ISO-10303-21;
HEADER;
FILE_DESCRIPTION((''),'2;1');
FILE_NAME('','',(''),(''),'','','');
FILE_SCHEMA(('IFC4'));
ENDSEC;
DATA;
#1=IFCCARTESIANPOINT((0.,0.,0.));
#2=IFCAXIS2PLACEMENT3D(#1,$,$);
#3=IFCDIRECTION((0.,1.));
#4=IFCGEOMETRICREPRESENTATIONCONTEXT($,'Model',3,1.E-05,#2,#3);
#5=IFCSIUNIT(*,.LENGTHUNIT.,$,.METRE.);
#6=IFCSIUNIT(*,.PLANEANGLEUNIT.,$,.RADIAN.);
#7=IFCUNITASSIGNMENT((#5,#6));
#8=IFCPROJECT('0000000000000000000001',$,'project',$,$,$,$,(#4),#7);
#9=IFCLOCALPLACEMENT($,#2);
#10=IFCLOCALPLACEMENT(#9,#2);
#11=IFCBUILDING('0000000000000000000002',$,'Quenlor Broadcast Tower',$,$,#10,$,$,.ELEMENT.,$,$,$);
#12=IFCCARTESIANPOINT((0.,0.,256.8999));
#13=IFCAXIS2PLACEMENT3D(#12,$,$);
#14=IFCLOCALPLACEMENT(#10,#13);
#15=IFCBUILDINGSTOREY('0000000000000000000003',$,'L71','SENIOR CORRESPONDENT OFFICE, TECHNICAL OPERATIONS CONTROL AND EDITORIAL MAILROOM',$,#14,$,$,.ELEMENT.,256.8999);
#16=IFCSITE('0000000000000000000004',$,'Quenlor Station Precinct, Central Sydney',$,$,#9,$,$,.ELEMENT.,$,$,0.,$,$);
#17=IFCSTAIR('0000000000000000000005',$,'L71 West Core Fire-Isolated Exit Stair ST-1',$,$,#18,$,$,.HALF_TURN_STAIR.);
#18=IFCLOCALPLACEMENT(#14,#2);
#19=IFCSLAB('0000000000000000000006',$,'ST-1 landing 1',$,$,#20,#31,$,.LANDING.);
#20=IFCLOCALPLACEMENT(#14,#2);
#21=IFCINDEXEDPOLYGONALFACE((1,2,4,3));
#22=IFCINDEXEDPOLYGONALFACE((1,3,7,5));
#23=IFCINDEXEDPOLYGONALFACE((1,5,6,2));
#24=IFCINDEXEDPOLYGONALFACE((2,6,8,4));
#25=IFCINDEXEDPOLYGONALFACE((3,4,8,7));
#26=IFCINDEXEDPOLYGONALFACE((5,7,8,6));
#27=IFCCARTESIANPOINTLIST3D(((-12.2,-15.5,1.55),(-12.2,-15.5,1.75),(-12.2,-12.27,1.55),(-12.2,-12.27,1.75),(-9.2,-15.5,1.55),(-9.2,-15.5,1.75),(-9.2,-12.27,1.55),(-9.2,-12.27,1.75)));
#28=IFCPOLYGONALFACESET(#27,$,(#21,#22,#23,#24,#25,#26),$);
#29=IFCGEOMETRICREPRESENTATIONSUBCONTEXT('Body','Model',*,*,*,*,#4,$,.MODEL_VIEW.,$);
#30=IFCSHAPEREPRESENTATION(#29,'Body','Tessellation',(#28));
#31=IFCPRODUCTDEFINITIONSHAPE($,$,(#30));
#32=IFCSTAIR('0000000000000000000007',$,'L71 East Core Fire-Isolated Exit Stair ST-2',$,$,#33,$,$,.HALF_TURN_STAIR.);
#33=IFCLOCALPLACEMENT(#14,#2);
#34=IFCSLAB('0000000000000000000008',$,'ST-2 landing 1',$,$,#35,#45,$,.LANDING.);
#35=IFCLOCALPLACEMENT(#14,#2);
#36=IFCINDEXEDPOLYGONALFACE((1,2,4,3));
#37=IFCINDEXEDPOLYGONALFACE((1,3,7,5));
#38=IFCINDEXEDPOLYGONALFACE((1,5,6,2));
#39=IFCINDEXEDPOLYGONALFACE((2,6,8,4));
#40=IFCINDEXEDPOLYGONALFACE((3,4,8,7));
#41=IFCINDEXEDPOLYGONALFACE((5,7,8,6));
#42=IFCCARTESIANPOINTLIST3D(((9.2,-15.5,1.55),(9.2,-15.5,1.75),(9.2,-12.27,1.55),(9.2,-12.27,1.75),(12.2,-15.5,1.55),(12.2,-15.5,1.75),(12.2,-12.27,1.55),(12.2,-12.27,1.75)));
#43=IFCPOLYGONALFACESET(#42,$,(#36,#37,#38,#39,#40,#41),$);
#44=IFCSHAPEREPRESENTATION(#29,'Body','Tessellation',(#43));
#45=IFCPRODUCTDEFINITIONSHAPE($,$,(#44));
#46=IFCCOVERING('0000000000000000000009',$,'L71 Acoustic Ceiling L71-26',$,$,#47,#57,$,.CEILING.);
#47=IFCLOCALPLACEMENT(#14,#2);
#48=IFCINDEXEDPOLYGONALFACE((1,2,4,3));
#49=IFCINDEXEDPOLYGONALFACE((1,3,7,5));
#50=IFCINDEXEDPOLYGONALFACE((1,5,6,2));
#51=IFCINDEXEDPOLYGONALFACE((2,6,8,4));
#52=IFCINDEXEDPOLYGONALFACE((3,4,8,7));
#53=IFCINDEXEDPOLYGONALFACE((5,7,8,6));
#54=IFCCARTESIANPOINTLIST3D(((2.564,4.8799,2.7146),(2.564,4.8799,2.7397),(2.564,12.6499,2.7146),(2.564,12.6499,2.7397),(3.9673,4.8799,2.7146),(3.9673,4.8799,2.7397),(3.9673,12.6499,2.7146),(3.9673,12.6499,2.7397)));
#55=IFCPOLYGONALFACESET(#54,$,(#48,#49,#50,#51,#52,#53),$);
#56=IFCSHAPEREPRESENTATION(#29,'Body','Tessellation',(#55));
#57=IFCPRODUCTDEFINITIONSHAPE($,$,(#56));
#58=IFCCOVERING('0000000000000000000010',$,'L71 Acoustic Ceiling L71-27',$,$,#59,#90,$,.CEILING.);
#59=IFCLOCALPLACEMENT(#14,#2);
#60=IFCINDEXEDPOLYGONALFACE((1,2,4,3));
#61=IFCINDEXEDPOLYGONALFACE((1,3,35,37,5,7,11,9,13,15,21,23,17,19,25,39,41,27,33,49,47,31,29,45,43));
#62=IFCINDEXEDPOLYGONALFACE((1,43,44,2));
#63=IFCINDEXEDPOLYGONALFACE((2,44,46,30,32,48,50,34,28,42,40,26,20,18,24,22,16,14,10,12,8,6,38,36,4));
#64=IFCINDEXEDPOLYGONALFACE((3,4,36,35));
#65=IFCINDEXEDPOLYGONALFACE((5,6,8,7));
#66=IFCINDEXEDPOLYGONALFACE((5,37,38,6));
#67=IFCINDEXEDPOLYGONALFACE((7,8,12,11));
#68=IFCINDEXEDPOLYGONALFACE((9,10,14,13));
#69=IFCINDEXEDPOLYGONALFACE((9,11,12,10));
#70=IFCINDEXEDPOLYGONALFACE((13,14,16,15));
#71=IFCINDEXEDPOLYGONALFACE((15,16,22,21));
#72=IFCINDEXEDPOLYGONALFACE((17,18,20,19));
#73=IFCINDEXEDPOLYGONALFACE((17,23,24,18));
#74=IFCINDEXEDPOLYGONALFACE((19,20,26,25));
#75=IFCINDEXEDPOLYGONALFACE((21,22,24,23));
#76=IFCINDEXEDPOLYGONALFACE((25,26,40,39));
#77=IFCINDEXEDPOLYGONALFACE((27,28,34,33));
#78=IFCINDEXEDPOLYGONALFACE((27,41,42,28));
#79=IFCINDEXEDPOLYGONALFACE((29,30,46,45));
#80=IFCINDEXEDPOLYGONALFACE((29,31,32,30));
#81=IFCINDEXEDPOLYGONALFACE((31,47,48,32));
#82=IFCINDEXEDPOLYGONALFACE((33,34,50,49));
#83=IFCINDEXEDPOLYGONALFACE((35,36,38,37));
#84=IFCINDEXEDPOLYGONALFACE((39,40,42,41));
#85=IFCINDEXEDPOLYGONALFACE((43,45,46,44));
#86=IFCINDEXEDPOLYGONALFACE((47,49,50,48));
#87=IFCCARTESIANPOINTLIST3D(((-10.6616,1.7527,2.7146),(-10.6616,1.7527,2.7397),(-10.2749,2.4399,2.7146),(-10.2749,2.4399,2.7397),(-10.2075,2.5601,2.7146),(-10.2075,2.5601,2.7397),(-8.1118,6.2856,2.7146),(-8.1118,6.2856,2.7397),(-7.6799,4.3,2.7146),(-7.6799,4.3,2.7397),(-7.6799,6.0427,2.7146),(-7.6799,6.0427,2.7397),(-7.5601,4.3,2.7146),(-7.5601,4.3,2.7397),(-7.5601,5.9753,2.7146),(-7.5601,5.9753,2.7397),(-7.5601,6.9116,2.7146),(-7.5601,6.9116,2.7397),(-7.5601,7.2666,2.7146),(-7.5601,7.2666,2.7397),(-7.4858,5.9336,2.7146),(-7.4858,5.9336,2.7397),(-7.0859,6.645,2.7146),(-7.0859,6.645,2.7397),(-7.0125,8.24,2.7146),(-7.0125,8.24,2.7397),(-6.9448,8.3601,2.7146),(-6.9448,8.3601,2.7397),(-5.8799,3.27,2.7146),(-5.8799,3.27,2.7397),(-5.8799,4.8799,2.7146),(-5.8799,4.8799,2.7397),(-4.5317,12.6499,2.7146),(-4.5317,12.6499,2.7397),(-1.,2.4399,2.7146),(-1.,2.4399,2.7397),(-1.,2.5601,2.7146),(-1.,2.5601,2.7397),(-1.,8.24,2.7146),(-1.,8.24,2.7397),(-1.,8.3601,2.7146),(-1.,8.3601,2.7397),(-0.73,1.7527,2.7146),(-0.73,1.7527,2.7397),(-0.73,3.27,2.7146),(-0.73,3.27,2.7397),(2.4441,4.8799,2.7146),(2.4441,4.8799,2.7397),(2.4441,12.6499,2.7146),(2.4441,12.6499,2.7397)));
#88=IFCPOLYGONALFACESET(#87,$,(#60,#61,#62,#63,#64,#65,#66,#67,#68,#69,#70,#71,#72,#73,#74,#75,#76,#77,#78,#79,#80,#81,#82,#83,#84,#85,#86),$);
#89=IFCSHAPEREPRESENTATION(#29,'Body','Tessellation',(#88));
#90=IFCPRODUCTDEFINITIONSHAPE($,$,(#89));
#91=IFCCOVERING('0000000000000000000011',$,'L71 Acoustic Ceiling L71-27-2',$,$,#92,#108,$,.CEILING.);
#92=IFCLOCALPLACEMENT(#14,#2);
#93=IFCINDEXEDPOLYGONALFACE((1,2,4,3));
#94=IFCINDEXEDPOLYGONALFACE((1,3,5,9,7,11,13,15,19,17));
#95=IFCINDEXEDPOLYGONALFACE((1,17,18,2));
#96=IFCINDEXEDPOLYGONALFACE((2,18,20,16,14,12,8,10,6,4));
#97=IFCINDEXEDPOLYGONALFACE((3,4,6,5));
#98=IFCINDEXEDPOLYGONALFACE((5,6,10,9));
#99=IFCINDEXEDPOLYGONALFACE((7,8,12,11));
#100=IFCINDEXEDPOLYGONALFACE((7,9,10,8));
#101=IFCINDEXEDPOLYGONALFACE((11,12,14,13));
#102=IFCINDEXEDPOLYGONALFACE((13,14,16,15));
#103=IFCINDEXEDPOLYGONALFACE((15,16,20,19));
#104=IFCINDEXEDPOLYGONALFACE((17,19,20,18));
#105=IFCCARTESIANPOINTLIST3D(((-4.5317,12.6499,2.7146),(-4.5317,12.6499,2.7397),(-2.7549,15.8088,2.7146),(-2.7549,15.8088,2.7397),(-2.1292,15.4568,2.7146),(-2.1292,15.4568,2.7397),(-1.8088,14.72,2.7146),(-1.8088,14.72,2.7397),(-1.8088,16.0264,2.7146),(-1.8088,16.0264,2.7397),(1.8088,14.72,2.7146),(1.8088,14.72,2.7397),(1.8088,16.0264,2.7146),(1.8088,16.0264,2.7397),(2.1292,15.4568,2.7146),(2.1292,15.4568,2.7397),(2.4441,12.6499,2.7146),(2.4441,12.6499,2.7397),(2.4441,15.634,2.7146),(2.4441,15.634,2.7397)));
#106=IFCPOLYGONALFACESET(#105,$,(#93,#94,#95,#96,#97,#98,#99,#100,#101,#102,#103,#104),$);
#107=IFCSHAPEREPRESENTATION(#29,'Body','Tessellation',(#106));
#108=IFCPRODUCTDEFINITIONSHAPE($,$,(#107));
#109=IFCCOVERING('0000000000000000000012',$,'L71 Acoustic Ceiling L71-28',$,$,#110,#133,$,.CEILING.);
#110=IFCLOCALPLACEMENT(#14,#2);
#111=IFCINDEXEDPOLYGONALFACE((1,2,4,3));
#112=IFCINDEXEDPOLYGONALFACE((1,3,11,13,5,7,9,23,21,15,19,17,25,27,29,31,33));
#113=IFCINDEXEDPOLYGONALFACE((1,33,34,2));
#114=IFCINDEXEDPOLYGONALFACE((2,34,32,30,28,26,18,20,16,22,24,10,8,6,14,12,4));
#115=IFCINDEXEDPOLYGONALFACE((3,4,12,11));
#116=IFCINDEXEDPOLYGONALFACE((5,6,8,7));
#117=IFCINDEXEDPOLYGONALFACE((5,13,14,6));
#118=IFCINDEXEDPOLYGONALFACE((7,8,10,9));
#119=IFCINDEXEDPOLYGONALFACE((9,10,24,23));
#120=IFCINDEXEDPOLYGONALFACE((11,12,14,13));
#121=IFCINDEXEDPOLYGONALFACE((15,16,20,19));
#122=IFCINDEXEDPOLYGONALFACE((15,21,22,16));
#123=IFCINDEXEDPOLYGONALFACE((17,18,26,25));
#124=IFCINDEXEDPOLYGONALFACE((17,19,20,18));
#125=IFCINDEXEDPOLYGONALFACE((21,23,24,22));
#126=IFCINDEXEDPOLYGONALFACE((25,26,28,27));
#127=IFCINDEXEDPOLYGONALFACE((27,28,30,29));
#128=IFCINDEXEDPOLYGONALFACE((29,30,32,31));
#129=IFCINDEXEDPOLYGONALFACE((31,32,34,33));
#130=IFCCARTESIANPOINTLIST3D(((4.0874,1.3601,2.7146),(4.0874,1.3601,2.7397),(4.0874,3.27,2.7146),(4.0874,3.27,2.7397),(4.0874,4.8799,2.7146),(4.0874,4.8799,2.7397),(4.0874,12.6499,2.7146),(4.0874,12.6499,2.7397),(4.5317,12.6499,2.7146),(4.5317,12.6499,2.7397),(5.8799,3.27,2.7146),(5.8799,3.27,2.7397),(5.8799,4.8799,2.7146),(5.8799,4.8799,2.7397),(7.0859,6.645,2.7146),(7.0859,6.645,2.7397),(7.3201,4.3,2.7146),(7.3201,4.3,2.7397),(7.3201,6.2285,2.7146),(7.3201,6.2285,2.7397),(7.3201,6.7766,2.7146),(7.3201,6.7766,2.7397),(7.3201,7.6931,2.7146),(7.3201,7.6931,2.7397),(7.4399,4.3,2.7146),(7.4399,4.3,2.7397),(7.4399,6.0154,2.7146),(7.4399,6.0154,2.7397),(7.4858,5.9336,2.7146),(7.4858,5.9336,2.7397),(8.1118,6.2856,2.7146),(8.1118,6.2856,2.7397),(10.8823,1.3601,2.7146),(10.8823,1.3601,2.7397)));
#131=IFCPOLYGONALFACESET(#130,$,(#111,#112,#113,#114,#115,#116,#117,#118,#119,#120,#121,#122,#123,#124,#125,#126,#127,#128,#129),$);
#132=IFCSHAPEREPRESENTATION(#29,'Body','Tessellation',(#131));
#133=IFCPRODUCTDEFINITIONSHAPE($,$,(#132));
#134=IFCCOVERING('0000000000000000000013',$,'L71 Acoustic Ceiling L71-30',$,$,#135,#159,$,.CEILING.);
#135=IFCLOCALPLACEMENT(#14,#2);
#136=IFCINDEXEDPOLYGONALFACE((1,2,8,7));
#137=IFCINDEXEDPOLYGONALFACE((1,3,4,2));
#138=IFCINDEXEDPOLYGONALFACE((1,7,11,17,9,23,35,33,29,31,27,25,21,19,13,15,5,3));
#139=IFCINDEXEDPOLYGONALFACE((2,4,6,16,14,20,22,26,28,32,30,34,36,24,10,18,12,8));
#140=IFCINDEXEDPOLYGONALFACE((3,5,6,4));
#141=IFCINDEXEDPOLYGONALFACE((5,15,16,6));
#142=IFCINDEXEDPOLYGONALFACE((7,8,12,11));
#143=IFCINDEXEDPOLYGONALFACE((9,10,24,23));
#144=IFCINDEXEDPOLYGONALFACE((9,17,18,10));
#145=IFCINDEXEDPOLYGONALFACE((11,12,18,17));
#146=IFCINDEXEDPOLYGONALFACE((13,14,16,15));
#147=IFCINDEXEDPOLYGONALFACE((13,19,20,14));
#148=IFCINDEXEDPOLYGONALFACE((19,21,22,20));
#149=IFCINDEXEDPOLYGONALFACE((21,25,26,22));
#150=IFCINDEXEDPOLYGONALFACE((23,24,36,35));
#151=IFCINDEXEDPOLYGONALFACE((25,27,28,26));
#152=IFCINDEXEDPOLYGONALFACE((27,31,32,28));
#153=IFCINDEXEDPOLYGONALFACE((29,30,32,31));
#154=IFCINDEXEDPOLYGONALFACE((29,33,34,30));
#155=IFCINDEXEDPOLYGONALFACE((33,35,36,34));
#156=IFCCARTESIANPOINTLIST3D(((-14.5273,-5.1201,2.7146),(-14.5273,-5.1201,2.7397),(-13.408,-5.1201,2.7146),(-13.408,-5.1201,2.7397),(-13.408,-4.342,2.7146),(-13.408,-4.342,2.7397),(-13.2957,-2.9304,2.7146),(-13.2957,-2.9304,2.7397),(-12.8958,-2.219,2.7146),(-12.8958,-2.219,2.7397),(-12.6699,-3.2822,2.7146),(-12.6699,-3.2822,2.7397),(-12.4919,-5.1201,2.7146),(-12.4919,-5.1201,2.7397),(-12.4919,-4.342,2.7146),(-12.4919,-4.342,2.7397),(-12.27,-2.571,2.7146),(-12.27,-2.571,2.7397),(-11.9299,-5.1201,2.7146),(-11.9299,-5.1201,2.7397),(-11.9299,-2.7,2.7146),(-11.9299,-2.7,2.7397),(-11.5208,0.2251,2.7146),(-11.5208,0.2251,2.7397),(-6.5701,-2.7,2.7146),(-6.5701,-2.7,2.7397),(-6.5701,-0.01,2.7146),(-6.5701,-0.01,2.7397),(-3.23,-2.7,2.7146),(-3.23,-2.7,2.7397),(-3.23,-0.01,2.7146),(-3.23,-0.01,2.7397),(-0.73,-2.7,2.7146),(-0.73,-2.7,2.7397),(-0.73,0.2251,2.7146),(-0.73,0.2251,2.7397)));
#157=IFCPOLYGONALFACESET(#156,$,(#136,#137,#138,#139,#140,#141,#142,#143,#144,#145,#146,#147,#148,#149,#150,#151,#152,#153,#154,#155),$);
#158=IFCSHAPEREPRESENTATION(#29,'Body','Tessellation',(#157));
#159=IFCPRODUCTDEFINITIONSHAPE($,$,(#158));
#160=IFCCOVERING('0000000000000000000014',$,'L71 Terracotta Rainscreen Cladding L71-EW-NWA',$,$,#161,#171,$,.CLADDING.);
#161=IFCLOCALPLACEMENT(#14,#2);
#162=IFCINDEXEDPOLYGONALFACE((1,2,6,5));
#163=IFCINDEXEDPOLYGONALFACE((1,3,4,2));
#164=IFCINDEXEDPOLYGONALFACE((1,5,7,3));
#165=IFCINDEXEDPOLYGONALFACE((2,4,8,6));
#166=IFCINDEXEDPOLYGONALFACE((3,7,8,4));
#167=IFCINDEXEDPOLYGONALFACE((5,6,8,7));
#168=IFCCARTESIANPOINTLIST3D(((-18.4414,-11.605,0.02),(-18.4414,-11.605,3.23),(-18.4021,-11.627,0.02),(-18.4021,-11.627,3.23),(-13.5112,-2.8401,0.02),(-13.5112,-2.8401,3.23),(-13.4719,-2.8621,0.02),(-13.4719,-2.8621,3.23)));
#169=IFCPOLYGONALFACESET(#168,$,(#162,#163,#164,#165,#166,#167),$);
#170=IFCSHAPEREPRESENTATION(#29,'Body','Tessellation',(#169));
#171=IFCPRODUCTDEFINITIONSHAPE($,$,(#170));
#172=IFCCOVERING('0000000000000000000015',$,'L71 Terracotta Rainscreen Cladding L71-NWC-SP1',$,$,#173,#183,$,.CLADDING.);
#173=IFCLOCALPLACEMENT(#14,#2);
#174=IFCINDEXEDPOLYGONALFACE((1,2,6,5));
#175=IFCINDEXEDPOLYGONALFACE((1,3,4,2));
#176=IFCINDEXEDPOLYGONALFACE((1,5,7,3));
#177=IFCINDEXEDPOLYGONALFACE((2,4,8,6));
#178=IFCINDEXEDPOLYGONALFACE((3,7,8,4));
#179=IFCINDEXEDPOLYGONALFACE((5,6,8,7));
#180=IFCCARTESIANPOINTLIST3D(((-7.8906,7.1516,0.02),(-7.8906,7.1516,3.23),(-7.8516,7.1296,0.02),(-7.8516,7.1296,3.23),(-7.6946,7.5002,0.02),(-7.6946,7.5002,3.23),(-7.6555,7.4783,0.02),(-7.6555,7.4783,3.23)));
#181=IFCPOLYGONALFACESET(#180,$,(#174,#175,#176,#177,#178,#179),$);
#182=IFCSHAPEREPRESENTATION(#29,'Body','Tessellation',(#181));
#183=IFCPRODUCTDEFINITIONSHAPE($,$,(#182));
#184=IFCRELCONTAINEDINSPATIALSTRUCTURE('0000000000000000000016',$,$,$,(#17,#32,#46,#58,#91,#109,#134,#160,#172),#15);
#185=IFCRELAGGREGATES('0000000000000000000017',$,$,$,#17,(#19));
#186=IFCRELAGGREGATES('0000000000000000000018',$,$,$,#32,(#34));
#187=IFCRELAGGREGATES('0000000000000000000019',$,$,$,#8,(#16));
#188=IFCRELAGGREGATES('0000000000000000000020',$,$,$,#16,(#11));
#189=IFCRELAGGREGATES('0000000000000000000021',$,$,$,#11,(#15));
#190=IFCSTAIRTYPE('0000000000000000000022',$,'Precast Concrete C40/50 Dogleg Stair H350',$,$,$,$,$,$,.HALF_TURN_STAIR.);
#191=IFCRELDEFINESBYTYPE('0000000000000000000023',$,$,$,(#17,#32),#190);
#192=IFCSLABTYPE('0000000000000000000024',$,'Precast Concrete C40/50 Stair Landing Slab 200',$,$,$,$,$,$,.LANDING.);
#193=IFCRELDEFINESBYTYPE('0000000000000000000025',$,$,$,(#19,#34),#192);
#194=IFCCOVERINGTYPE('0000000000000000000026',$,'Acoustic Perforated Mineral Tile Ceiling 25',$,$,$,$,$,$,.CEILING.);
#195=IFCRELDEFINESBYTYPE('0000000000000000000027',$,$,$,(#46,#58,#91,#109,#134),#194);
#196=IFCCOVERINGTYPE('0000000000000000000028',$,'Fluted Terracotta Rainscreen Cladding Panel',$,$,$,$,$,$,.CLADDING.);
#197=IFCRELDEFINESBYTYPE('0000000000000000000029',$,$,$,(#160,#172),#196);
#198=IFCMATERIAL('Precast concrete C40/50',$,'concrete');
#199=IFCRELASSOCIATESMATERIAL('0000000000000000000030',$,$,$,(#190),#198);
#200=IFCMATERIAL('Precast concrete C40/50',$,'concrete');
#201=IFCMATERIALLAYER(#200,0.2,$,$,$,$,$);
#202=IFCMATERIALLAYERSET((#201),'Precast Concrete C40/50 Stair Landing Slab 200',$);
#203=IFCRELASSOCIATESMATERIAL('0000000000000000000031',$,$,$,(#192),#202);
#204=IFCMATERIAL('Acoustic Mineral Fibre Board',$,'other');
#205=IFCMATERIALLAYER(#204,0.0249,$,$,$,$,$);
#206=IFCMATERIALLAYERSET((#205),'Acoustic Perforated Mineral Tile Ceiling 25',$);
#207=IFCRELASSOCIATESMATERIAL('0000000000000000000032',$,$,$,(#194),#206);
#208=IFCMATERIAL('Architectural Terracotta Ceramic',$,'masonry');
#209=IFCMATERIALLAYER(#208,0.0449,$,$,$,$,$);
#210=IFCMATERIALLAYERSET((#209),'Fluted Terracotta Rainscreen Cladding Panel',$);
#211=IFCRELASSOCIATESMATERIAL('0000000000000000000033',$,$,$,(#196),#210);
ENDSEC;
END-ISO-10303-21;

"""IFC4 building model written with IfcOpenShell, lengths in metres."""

from ifc_helpers import new_model, si_unit, direction, frame, origin, place, context, subcontext, project, spatial, polyline, outline, extrude, material, layer, layer_set, type_object, element, aggregate, save


model = new_model("IFC4")

# Units and contexts
model_context = context("Model", 3, precision=1e-05, world=origin(), true_north=direction((0.0, 1.0)))
body_context = subcontext(model_context, "Body", "Model", "MODEL_VIEW")
ifc_project = project(units=[si_unit("LENGTHUNIT", "METRE"), si_unit("PLANEANGLEUNIT", "RADIAN")], contexts=[model_context])

# Site, building, storey
site_placement = place(None, origin())
site = spatial("IfcSite", under=ifc_project, at=site_placement, Name="Quenlor Station Precinct, Central Sydney", CompositionType="ELEMENT", RefElevation=0.0)
building_placement = place(site_placement, origin())
building = spatial("IfcBuilding", under=site, at=building_placement, Name="Quenlor Broadcast Tower", CompositionType="ELEMENT")
storey_placement = place(building_placement, frame((0.0, 0.0, 256.8999)))
storey = spatial("IfcBuildingStorey", under=building, at=storey_placement, Name="L71", Description="SENIOR CORRESPONDENT OFFICE, TECHNICAL OPERATIONS CONTROL AND EDITORIAL MAILROOM", CompositionType="ELEMENT", Elevation=256.8999)

# Stairs, slabs
ifc_material_1 = material(Name="Precast concrete C40/50", Category="concrete")
stair_type = type_object("IfcStairType", Name="Precast Concrete C40/50 Dogleg Stair H350", PredefinedType="HALF_TURN_STAIR", material=ifc_material_1)
stair_1_placement = place(storey_placement, origin())
stair_1 = element("IfcStair", 1, at=stair_1_placement, inside=storey, type_object=stair_type, Name="L71 West Core Fire-Isolated Exit Stair ST-1", PredefinedType="HALF_TURN_STAIR")
ifc_material_2 = material(Name="Precast concrete C40/50", Category="concrete")
ifc_layer_1 = layer(ifc_material_2, 0.2)
ifc_layer_set_1 = layer_set([ifc_layer_1], Name="Precast Concrete C40/50 Stair Landing Slab 200")
slab_type = type_object("IfcSlabType", Name="Precast Concrete C40/50 Stair Landing Slab 200", PredefinedType="LANDING", material=ifc_layer_set_1)
slab_1_placement = place(storey_placement, frame((0.0, 0.0, 1.55)))
slab_1 = element("IfcSlab", 2, at=slab_1_placement, type_object=slab_type, Name="ST-1 landing 1", PredefinedType="LANDING", context=body_context, shape_type="SweptSolid", body=[
    extrude(outline(polyline([(-12.2, -12.27), (-12.2, -15.5), (-9.2, -15.5), (-9.2, -12.27), (-12.2, -12.27)])), origin(), (0.0, 0.0, 1.0), 0.2),
])
aggregate(stair_1, [slab_1])
stair_2_placement = place(storey_placement, origin())
stair_2 = element("IfcStair", 3, at=stair_2_placement, inside=storey, type_object=stair_type, Name="L71 East Core Fire-Isolated Exit Stair ST-2", PredefinedType="HALF_TURN_STAIR")
slab_2_placement = place(storey_placement, frame((0.0, 0.0, 1.55)))
slab_2 = element("IfcSlab", 4, at=slab_2_placement, type_object=slab_type, Name="ST-2 landing 1", PredefinedType="LANDING", context=body_context, shape_type="SweptSolid", body=[
    extrude(outline(polyline([(9.2, -12.27), (9.2, -15.5), (12.2, -15.5), (12.2, -12.27), (9.2, -12.27)])), origin(), (0.0, 0.0, 1.0), 0.2),
])
aggregate(stair_2, [slab_2])

# Coverings
ifc_material_3 = material(Name="Acoustic Mineral Fibre Board", Category="other")
ifc_layer_2 = layer(ifc_material_3, 0.0249)
ifc_layer_set_2 = layer_set([ifc_layer_2], Name="Acoustic Perforated Mineral Tile Ceiling 25")
covering_type_1 = type_object("IfcCoveringType", Name="Acoustic Perforated Mineral Tile Ceiling 25", PredefinedType="CEILING", material=ifc_layer_set_2)
covering_1_placement = place(storey_placement, frame((0.0, 0.0, 2.7146)))
element("IfcCovering", 5, at=covering_1_placement, inside=storey, type_object=covering_type_1, Name="L71 Acoustic Ceiling L71-26", PredefinedType="CEILING", context=body_context, shape_type="SweptSolid", body=[
    extrude(outline(polyline([(3.9673, 4.8799), (2.564, 4.8799), (2.564, 12.6499), (3.9673, 12.6499), (3.9673, 4.8799)])), origin(), (0.0, 0.0, 1.0), 0.0251),
])
covering_2_placement = place(storey_placement, frame((0.0, 0.0, 2.7146)))
element("IfcCovering", 6, at=covering_2_placement, inside=storey, type_object=covering_type_1, Name="L71 Acoustic Ceiling L71-27", PredefinedType="CEILING", context=body_context, shape_type="SweptSolid", body=[
    extrude(outline(polyline([(-7.6799, 6.0427), (-7.6799, 4.3), (-7.5601, 4.3), (-7.5601, 5.9753), (-7.4858, 5.9336), (-7.0859, 6.645), (-7.5601, 6.9116), (-7.5601, 7.2666), (-7.0125, 8.24), (-1.0, 8.24), (-1.0, 8.3601), (-6.9448, 8.3601), (-4.5317, 12.6499), (2.4441, 12.6499), (2.4441, 4.8799), (-5.8799, 4.8799), (-5.8799, 3.27), (-0.73, 3.27), (-0.73, 1.7527), (-10.6616, 1.7527), (-10.2749, 2.4399), (-1.0, 2.4399), (-1.0, 2.5601), (-10.2075, 2.5601), (-8.1118, 6.2856), (-7.6799, 6.0427)])), origin(), (0.0, 0.0, 1.0), 0.0251),
])
covering_3_placement = place(storey_placement, frame((0.0, 0.0, 2.7146)))
element("IfcCovering", 7, at=covering_3_placement, inside=storey, type_object=covering_type_1, Name="L71 Acoustic Ceiling L71-27-2", PredefinedType="CEILING", context=body_context, shape_type="SweptSolid", body=[
    extrude(outline(polyline([(-2.7549, 15.8088), (-2.1292, 15.4568), (-1.8088, 16.0264), (-1.8088, 14.72), (1.8088, 14.72), (1.8088, 16.0264), (2.1292, 15.4568), (2.4441, 15.634), (2.4441, 12.6499), (-4.5317, 12.6499), (-2.7549, 15.8088)])), origin(), (0.0, 0.0, 1.0), 0.0251),
])
covering_4_placement = place(storey_placement, frame((0.0, 0.0, 2.7146)))
element("IfcCovering", 8, at=covering_4_placement, inside=storey, type_object=covering_type_1, Name="L71 Acoustic Ceiling L71-28", PredefinedType="CEILING", context=body_context, shape_type="SweptSolid", body=[
    extrude(outline(polyline([(7.4858, 5.9336), (8.1118, 6.2856), (10.8823, 1.3601), (4.0874, 1.3601), (4.0874, 3.27), (5.8799, 3.27), (5.8799, 4.8799), (4.0874, 4.8799), (4.0874, 12.6499), (4.5317, 12.6499), (7.3201, 7.6931), (7.3201, 6.7766), (7.0859, 6.645), (7.3201, 6.2285), (7.3201, 4.3), (7.4399, 4.3), (7.4399, 6.0154), (7.4858, 5.9336)])), origin(), (0.0, 0.0, 1.0), 0.0251),
])
covering_5_placement = place(storey_placement, frame((0.0, 0.0, 2.7146)))
element("IfcCovering", 9, at=covering_5_placement, inside=storey, type_object=covering_type_1, Name="L71 Acoustic Ceiling L71-30", PredefinedType="CEILING", context=body_context, shape_type="SweptSolid", body=[
    extrude(outline(polyline([(-13.2957, -2.9304), (-12.6699, -3.2822), (-12.27, -2.571), (-12.8958, -2.219), (-11.5208, 0.2251), (-0.73, 0.2251), (-0.73, -2.7), (-3.23, -2.7), (-3.23, -0.01), (-6.5701, -0.01), (-6.5701, -2.7), (-11.9299, -2.7), (-11.9299, -5.1201), (-12.4919, -5.1201), (-12.4919, -4.342), (-13.408, -4.342), (-13.408, -5.1201), (-14.5273, -5.1201), (-13.2957, -2.9304)])), origin(), (0.0, 0.0, 1.0), 0.0251),
])
ifc_material_4 = material(Name="Architectural Terracotta Ceramic", Category="masonry")
ifc_layer_3 = layer(ifc_material_4, 0.0449)
ifc_layer_set_3 = layer_set([ifc_layer_3], Name="Fluted Terracotta Rainscreen Cladding Panel")
covering_type_2 = type_object("IfcCoveringType", Name="Fluted Terracotta Rainscreen Cladding Panel", PredefinedType="CLADDING", material=ifc_layer_set_3)
covering_6_placement = place(storey_placement, frame((0.0, 0.0, 0.02)))
element("IfcCovering", 10, at=covering_6_placement, inside=storey, type_object=covering_type_2, Name="L71 Terracotta Rainscreen Cladding L71-EW-NWA", PredefinedType="CLADDING", context=body_context, shape_type="SweptSolid", body=[
    extrude(outline(polyline([(-18.4021, -11.627), (-13.4719, -2.8621), (-13.5112, -2.8401), (-18.4414, -11.605), (-18.4021, -11.627)])), origin(), (0.0, 0.0, 1.0), 3.21),
])
covering_7_placement = place(storey_placement, frame((0.0, 0.0, 0.02)))
element("IfcCovering", 11, at=covering_7_placement, inside=storey, type_object=covering_type_2, Name="L71 Terracotta Rainscreen Cladding L71-NWC-SP1", PredefinedType="CLADDING", context=body_context, shape_type="SweptSolid", body=[
    extrude(outline(polyline([(-7.8516, 7.1296), (-7.6555, 7.4783), (-7.6946, 7.5002), (-7.8906, 7.1516), (-7.8516, 7.1296)])), origin(), (0.0, 0.0, 1.0), 3.21),
])

save(model, "model.ifc")
